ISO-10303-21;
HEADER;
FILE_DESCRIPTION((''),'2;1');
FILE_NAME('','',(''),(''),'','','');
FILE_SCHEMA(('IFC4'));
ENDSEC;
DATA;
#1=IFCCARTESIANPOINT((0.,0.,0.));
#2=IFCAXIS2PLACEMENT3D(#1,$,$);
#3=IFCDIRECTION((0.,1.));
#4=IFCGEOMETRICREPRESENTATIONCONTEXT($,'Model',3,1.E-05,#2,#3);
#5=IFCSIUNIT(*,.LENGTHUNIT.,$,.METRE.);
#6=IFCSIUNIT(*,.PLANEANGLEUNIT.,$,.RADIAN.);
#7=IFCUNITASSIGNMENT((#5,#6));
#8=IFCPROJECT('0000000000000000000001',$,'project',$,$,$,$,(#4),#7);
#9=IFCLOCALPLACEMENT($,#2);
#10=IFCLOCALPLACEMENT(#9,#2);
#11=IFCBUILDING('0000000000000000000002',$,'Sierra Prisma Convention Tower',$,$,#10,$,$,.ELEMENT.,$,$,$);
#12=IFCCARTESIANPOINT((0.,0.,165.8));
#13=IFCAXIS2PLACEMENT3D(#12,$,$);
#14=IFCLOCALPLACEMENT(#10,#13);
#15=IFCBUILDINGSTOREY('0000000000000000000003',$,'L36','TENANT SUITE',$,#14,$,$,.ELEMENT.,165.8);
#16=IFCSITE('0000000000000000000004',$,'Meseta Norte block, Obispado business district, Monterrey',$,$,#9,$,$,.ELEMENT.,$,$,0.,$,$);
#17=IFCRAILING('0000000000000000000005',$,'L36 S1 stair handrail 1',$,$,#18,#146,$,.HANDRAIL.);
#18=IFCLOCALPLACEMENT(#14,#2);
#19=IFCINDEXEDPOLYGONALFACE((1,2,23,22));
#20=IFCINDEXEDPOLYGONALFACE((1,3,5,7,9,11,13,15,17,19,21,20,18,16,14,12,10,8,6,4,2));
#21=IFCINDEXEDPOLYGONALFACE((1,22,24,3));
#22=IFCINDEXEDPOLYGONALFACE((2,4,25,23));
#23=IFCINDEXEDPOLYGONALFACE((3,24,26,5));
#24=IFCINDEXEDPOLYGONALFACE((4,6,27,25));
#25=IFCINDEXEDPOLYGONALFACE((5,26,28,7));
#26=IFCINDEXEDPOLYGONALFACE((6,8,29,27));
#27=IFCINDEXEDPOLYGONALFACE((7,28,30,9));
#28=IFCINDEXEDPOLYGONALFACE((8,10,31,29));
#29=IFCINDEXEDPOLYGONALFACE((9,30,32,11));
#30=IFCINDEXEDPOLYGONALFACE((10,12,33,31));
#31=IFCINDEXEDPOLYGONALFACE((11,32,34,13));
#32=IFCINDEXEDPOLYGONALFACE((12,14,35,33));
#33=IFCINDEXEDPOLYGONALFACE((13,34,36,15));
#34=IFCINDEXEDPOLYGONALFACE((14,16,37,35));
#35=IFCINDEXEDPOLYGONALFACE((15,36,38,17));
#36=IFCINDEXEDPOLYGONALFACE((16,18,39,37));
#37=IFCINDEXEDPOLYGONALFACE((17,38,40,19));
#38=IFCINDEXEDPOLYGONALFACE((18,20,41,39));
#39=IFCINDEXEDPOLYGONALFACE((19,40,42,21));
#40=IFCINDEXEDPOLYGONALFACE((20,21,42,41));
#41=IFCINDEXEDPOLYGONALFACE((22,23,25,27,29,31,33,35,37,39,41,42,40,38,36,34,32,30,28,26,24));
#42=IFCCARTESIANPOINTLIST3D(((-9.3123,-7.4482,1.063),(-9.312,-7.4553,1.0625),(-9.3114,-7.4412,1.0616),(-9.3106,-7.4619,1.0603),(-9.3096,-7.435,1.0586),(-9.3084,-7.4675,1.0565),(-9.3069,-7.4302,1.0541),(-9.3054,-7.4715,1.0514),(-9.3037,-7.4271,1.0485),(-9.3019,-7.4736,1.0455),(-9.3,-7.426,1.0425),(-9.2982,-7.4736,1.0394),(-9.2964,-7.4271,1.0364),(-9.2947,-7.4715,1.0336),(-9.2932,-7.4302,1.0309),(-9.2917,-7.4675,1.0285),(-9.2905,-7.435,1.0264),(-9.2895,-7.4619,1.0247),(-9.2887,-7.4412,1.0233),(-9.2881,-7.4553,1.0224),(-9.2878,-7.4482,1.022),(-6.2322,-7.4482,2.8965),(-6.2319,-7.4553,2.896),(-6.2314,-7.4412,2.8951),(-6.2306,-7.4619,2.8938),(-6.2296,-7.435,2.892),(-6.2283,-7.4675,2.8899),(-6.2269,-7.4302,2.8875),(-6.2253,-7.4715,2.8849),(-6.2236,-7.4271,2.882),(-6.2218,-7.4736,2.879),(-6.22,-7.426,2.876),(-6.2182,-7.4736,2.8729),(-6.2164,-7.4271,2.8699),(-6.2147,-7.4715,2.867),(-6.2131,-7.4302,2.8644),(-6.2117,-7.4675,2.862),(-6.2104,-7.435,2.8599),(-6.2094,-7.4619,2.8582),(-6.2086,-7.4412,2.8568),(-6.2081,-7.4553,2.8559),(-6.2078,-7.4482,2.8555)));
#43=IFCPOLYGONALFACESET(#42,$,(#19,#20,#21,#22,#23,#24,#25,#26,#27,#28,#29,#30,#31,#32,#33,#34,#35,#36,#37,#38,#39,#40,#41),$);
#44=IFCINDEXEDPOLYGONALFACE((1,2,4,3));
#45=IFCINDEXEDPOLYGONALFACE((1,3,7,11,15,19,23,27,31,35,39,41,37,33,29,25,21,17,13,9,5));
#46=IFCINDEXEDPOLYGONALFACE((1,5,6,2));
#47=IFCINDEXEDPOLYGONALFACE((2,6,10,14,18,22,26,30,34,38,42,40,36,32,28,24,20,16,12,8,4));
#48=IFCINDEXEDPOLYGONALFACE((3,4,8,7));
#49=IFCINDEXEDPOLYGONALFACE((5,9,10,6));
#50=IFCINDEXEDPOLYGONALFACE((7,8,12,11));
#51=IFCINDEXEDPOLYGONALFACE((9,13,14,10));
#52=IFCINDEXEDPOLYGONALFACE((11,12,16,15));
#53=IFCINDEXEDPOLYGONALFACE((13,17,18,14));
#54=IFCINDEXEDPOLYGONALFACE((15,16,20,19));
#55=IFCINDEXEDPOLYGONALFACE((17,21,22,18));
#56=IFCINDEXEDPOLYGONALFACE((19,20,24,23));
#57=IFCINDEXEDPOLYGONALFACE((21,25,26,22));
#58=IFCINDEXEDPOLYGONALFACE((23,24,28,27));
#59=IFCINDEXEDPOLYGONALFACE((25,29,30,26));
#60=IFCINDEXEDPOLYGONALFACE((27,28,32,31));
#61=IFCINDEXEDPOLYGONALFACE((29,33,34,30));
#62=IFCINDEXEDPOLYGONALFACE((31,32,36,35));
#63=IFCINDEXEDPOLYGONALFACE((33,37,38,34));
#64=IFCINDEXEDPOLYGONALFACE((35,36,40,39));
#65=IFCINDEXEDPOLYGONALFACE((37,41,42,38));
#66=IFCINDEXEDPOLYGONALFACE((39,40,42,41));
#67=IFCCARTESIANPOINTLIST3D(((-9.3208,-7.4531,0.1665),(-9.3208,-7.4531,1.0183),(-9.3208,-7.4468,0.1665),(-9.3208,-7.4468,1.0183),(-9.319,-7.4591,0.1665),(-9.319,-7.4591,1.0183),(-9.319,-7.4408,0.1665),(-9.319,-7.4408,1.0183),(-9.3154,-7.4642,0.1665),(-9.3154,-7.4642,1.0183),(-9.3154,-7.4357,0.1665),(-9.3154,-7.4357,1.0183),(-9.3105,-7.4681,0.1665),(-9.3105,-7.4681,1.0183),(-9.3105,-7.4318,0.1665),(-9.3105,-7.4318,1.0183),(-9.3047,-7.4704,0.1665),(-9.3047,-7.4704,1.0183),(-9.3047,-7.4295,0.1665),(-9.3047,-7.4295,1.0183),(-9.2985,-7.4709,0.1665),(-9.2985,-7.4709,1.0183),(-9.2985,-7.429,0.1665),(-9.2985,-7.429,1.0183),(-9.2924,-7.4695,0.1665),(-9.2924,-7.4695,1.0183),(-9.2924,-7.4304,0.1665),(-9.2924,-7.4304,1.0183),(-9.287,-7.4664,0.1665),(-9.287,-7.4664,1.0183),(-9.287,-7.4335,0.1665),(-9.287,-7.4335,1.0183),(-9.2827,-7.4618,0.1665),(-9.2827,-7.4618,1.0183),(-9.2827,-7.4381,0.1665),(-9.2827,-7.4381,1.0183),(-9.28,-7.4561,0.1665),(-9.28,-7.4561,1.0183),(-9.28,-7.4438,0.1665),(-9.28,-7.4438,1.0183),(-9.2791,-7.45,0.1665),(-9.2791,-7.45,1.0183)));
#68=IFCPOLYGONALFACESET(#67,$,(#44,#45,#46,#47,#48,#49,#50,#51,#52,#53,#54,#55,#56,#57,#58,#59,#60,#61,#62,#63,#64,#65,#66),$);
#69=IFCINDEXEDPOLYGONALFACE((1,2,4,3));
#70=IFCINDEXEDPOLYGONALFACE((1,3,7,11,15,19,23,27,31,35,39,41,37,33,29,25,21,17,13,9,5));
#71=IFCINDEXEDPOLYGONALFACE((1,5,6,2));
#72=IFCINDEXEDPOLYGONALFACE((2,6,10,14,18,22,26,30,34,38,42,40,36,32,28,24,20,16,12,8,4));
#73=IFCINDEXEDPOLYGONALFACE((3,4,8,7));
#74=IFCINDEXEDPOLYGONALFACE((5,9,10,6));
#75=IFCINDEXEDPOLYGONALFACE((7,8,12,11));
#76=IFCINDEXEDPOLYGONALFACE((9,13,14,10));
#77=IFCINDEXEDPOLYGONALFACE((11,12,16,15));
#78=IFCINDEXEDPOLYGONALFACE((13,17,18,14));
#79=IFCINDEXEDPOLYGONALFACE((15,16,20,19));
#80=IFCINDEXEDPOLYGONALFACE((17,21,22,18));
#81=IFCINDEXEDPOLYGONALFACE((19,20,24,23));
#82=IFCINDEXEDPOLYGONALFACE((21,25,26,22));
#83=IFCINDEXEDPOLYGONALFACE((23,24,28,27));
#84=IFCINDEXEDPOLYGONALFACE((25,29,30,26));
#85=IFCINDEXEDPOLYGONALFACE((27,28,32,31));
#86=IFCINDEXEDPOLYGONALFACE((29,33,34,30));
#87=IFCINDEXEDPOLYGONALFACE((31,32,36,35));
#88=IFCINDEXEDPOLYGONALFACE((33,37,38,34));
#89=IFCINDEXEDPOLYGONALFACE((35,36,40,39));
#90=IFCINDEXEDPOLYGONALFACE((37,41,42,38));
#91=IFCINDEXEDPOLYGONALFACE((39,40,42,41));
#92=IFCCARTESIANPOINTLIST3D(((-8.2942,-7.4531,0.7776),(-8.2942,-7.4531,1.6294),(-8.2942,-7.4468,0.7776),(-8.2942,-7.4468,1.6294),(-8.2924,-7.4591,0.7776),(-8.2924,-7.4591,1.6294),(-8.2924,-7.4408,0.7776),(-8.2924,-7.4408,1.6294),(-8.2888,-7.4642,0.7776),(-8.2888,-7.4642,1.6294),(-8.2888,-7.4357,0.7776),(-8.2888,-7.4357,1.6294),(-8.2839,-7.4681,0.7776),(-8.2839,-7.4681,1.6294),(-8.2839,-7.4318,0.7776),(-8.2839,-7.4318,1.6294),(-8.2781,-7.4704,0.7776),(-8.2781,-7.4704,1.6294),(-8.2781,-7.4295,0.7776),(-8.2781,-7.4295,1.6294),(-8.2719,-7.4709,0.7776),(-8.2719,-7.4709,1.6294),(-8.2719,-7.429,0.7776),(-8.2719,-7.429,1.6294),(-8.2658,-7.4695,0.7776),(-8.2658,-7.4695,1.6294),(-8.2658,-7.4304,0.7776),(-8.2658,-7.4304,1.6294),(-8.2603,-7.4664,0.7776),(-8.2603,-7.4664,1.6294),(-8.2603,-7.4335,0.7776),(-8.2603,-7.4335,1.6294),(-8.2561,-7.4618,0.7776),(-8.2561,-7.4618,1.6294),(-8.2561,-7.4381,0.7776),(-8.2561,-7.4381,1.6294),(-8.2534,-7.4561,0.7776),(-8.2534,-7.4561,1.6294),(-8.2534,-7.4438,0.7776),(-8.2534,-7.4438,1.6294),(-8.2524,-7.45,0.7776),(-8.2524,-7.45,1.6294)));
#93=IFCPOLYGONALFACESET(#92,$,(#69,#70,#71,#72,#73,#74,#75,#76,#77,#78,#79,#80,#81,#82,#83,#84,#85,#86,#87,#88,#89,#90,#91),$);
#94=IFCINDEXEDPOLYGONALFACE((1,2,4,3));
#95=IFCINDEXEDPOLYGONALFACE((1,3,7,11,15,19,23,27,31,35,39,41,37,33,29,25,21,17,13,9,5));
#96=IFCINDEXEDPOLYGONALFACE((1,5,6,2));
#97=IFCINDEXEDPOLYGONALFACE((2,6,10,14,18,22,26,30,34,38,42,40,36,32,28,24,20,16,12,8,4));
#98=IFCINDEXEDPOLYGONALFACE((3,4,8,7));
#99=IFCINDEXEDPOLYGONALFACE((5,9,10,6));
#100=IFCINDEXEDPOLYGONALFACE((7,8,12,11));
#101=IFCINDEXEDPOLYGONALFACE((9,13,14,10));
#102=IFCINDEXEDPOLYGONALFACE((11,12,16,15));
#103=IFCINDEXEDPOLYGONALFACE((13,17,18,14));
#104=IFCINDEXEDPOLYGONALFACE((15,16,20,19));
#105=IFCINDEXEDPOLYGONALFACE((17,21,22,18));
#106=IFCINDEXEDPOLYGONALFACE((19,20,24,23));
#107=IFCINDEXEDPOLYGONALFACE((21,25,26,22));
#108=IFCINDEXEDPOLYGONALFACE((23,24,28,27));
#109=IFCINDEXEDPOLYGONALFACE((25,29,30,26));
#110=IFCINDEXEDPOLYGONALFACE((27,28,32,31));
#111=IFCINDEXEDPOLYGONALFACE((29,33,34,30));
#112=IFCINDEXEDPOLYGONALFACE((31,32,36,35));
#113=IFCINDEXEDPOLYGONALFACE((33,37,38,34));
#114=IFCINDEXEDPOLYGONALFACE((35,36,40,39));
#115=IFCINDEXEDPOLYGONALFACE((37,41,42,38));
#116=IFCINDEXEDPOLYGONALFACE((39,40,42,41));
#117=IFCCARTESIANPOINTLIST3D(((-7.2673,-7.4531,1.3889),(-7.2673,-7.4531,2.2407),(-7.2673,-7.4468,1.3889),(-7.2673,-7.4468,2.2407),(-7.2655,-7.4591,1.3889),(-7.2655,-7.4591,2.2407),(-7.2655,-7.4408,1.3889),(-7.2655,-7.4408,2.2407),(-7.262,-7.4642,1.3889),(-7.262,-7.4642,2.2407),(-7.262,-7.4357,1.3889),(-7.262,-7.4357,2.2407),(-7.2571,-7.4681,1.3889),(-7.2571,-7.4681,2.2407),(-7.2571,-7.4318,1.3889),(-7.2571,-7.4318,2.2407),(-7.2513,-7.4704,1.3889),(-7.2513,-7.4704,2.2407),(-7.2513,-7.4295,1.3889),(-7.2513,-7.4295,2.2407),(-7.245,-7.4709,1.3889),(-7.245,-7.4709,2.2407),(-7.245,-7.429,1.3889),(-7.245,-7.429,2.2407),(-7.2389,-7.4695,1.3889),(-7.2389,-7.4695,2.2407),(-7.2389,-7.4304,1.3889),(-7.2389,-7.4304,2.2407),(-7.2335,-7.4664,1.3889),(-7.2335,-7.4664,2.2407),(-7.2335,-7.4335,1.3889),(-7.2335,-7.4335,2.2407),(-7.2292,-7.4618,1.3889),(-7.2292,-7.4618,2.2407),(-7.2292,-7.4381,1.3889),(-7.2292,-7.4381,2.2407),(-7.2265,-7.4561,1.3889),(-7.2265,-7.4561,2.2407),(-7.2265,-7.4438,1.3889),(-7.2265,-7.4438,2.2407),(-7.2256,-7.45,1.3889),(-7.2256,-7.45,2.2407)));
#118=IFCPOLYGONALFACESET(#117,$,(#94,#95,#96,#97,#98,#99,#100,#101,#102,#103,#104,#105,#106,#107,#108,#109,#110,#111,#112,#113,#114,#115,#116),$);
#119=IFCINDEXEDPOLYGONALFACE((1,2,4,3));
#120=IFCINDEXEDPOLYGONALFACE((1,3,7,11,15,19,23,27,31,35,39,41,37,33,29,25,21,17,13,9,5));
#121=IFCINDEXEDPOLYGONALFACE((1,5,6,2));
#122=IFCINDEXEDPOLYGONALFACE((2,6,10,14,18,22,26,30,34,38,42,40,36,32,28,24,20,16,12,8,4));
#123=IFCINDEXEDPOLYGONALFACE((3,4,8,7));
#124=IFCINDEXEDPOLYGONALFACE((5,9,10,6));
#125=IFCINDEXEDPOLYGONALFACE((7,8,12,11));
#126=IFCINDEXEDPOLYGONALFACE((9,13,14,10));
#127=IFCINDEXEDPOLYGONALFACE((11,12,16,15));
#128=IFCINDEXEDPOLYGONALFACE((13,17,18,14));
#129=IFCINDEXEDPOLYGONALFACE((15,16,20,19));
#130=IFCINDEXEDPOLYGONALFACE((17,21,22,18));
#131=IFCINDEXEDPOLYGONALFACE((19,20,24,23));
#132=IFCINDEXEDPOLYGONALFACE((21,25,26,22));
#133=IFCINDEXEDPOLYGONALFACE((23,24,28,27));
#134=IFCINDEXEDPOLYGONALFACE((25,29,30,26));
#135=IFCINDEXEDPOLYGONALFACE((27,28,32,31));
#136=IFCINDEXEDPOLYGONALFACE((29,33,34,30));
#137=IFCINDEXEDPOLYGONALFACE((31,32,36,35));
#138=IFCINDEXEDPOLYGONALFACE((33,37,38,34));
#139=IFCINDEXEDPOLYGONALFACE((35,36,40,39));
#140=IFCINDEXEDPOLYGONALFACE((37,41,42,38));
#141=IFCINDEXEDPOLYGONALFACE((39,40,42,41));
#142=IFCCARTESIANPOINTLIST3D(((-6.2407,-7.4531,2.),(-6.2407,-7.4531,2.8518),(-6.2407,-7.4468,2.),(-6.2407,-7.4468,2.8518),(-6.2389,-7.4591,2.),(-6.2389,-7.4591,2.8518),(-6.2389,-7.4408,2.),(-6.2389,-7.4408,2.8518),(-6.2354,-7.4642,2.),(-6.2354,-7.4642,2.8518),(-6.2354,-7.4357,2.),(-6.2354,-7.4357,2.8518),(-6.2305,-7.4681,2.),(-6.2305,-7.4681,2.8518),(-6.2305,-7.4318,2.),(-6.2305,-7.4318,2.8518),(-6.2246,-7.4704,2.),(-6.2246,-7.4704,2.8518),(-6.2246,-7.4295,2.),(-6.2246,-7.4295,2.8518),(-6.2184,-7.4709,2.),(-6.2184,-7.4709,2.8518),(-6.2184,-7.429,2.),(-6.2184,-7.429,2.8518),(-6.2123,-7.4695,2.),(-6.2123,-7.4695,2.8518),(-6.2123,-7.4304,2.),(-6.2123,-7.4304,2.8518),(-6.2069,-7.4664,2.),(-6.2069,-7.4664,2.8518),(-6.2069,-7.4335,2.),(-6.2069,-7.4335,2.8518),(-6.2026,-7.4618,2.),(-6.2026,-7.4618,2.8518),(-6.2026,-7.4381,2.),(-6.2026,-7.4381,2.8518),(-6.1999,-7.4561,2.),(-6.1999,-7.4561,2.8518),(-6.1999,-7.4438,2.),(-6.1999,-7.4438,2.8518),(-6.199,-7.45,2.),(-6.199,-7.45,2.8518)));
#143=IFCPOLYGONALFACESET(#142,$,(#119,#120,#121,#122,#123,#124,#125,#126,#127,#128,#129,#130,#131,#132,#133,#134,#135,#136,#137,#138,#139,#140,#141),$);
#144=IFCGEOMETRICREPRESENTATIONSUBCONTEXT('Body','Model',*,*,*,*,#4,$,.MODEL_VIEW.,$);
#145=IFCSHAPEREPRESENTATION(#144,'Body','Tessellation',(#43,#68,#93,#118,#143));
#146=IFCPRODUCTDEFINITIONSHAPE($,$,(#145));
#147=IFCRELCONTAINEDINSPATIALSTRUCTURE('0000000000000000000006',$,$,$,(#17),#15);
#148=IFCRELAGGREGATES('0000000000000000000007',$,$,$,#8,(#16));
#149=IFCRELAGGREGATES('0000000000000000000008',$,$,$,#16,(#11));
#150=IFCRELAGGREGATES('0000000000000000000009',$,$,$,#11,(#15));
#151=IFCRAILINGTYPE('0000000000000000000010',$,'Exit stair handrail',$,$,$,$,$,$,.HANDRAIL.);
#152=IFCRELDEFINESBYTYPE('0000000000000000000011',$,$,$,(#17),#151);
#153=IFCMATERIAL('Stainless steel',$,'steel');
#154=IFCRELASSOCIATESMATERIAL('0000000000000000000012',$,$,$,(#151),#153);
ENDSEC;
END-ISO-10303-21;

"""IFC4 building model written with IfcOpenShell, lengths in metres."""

from ifc_helpers import new_model, si_unit, direction, frame, origin, origin_2d, place, context, subcontext, project, spatial, circle, extrude, material, type_object, element, save


model = new_model("IFC4")

# Units and contexts
model_context = context("Model", 3, precision=1e-05, world=origin(), true_north=direction((0.0, 1.0)))
body_context = subcontext(model_context, "Body", "Model", "MODEL_VIEW")
ifc_project = project(units=[si_unit("LENGTHUNIT", "METRE"), si_unit("PLANEANGLEUNIT", "RADIAN")], contexts=[model_context])

# Site, building, storey
site_placement = place(None, origin())
site = spatial("IfcSite", under=ifc_project, at=site_placement, Name="Meseta Norte block, Obispado business district, Monterrey", CompositionType="ELEMENT", RefElevation=0.0)
building_placement = place(site_placement, origin())
building = spatial("IfcBuilding", under=site, at=building_placement, Name="Sierra Prisma Convention Tower", CompositionType="ELEMENT")
storey_placement = place(building_placement, frame((0.0, 0.0, 165.8)))
storey = spatial("IfcBuildingStorey", under=building, at=storey_placement, Name="L36", Description="TENANT SUITE", CompositionType="ELEMENT", Elevation=165.8)

# Railing
ifc_material_1 = material(Name="Stainless steel", Category="steel")
railing_type_1 = type_object("IfcRailingType", Name="Exit stair handrail", PredefinedType="HANDRAIL", material=ifc_material_1)
railing_1_placement = place(storey_placement, frame((-9.3, -7.45, 0.1665)))
element("IfcRailing", 1, at=railing_1_placement, inside=storey, type_object=railing_type_1, Name="L36 S1 stair handrail 1", PredefinedType="HANDRAIL", context=body_context, shape_type="SweptSolid", body=[
    extrude(circle(Radius=0.0239, at=origin_2d()), frame((0.0, 0.0, 0.876), z_axis=(0.859279, 0.0, 0.511508), x_axis=(0.0, 1.0, 0.0)), (0.0, 0.0, 1.0), 3.5845),
    extrude(circle(Radius=0.021, at=origin_2d()), origin(), (0.0, 0.0, 1.0), 0.8518),
    extrude(circle(Radius=0.021, at=origin_2d()), frame((1.0266, 0.0, 0.6111)), (0.0, 0.0, 1.0), 0.8518),
    extrude(circle(Radius=0.021, at=origin_2d()), frame((2.0535, 0.0, 1.2224)), (0.0, 0.0, 1.0), 0.8518),
    extrude(circle(Radius=0.021, at=origin_2d()), frame((3.0801, 0.0, 1.8335)), (0.0, 0.0, 1.0), 0.8518),
])

save(model, "model.ifc")
